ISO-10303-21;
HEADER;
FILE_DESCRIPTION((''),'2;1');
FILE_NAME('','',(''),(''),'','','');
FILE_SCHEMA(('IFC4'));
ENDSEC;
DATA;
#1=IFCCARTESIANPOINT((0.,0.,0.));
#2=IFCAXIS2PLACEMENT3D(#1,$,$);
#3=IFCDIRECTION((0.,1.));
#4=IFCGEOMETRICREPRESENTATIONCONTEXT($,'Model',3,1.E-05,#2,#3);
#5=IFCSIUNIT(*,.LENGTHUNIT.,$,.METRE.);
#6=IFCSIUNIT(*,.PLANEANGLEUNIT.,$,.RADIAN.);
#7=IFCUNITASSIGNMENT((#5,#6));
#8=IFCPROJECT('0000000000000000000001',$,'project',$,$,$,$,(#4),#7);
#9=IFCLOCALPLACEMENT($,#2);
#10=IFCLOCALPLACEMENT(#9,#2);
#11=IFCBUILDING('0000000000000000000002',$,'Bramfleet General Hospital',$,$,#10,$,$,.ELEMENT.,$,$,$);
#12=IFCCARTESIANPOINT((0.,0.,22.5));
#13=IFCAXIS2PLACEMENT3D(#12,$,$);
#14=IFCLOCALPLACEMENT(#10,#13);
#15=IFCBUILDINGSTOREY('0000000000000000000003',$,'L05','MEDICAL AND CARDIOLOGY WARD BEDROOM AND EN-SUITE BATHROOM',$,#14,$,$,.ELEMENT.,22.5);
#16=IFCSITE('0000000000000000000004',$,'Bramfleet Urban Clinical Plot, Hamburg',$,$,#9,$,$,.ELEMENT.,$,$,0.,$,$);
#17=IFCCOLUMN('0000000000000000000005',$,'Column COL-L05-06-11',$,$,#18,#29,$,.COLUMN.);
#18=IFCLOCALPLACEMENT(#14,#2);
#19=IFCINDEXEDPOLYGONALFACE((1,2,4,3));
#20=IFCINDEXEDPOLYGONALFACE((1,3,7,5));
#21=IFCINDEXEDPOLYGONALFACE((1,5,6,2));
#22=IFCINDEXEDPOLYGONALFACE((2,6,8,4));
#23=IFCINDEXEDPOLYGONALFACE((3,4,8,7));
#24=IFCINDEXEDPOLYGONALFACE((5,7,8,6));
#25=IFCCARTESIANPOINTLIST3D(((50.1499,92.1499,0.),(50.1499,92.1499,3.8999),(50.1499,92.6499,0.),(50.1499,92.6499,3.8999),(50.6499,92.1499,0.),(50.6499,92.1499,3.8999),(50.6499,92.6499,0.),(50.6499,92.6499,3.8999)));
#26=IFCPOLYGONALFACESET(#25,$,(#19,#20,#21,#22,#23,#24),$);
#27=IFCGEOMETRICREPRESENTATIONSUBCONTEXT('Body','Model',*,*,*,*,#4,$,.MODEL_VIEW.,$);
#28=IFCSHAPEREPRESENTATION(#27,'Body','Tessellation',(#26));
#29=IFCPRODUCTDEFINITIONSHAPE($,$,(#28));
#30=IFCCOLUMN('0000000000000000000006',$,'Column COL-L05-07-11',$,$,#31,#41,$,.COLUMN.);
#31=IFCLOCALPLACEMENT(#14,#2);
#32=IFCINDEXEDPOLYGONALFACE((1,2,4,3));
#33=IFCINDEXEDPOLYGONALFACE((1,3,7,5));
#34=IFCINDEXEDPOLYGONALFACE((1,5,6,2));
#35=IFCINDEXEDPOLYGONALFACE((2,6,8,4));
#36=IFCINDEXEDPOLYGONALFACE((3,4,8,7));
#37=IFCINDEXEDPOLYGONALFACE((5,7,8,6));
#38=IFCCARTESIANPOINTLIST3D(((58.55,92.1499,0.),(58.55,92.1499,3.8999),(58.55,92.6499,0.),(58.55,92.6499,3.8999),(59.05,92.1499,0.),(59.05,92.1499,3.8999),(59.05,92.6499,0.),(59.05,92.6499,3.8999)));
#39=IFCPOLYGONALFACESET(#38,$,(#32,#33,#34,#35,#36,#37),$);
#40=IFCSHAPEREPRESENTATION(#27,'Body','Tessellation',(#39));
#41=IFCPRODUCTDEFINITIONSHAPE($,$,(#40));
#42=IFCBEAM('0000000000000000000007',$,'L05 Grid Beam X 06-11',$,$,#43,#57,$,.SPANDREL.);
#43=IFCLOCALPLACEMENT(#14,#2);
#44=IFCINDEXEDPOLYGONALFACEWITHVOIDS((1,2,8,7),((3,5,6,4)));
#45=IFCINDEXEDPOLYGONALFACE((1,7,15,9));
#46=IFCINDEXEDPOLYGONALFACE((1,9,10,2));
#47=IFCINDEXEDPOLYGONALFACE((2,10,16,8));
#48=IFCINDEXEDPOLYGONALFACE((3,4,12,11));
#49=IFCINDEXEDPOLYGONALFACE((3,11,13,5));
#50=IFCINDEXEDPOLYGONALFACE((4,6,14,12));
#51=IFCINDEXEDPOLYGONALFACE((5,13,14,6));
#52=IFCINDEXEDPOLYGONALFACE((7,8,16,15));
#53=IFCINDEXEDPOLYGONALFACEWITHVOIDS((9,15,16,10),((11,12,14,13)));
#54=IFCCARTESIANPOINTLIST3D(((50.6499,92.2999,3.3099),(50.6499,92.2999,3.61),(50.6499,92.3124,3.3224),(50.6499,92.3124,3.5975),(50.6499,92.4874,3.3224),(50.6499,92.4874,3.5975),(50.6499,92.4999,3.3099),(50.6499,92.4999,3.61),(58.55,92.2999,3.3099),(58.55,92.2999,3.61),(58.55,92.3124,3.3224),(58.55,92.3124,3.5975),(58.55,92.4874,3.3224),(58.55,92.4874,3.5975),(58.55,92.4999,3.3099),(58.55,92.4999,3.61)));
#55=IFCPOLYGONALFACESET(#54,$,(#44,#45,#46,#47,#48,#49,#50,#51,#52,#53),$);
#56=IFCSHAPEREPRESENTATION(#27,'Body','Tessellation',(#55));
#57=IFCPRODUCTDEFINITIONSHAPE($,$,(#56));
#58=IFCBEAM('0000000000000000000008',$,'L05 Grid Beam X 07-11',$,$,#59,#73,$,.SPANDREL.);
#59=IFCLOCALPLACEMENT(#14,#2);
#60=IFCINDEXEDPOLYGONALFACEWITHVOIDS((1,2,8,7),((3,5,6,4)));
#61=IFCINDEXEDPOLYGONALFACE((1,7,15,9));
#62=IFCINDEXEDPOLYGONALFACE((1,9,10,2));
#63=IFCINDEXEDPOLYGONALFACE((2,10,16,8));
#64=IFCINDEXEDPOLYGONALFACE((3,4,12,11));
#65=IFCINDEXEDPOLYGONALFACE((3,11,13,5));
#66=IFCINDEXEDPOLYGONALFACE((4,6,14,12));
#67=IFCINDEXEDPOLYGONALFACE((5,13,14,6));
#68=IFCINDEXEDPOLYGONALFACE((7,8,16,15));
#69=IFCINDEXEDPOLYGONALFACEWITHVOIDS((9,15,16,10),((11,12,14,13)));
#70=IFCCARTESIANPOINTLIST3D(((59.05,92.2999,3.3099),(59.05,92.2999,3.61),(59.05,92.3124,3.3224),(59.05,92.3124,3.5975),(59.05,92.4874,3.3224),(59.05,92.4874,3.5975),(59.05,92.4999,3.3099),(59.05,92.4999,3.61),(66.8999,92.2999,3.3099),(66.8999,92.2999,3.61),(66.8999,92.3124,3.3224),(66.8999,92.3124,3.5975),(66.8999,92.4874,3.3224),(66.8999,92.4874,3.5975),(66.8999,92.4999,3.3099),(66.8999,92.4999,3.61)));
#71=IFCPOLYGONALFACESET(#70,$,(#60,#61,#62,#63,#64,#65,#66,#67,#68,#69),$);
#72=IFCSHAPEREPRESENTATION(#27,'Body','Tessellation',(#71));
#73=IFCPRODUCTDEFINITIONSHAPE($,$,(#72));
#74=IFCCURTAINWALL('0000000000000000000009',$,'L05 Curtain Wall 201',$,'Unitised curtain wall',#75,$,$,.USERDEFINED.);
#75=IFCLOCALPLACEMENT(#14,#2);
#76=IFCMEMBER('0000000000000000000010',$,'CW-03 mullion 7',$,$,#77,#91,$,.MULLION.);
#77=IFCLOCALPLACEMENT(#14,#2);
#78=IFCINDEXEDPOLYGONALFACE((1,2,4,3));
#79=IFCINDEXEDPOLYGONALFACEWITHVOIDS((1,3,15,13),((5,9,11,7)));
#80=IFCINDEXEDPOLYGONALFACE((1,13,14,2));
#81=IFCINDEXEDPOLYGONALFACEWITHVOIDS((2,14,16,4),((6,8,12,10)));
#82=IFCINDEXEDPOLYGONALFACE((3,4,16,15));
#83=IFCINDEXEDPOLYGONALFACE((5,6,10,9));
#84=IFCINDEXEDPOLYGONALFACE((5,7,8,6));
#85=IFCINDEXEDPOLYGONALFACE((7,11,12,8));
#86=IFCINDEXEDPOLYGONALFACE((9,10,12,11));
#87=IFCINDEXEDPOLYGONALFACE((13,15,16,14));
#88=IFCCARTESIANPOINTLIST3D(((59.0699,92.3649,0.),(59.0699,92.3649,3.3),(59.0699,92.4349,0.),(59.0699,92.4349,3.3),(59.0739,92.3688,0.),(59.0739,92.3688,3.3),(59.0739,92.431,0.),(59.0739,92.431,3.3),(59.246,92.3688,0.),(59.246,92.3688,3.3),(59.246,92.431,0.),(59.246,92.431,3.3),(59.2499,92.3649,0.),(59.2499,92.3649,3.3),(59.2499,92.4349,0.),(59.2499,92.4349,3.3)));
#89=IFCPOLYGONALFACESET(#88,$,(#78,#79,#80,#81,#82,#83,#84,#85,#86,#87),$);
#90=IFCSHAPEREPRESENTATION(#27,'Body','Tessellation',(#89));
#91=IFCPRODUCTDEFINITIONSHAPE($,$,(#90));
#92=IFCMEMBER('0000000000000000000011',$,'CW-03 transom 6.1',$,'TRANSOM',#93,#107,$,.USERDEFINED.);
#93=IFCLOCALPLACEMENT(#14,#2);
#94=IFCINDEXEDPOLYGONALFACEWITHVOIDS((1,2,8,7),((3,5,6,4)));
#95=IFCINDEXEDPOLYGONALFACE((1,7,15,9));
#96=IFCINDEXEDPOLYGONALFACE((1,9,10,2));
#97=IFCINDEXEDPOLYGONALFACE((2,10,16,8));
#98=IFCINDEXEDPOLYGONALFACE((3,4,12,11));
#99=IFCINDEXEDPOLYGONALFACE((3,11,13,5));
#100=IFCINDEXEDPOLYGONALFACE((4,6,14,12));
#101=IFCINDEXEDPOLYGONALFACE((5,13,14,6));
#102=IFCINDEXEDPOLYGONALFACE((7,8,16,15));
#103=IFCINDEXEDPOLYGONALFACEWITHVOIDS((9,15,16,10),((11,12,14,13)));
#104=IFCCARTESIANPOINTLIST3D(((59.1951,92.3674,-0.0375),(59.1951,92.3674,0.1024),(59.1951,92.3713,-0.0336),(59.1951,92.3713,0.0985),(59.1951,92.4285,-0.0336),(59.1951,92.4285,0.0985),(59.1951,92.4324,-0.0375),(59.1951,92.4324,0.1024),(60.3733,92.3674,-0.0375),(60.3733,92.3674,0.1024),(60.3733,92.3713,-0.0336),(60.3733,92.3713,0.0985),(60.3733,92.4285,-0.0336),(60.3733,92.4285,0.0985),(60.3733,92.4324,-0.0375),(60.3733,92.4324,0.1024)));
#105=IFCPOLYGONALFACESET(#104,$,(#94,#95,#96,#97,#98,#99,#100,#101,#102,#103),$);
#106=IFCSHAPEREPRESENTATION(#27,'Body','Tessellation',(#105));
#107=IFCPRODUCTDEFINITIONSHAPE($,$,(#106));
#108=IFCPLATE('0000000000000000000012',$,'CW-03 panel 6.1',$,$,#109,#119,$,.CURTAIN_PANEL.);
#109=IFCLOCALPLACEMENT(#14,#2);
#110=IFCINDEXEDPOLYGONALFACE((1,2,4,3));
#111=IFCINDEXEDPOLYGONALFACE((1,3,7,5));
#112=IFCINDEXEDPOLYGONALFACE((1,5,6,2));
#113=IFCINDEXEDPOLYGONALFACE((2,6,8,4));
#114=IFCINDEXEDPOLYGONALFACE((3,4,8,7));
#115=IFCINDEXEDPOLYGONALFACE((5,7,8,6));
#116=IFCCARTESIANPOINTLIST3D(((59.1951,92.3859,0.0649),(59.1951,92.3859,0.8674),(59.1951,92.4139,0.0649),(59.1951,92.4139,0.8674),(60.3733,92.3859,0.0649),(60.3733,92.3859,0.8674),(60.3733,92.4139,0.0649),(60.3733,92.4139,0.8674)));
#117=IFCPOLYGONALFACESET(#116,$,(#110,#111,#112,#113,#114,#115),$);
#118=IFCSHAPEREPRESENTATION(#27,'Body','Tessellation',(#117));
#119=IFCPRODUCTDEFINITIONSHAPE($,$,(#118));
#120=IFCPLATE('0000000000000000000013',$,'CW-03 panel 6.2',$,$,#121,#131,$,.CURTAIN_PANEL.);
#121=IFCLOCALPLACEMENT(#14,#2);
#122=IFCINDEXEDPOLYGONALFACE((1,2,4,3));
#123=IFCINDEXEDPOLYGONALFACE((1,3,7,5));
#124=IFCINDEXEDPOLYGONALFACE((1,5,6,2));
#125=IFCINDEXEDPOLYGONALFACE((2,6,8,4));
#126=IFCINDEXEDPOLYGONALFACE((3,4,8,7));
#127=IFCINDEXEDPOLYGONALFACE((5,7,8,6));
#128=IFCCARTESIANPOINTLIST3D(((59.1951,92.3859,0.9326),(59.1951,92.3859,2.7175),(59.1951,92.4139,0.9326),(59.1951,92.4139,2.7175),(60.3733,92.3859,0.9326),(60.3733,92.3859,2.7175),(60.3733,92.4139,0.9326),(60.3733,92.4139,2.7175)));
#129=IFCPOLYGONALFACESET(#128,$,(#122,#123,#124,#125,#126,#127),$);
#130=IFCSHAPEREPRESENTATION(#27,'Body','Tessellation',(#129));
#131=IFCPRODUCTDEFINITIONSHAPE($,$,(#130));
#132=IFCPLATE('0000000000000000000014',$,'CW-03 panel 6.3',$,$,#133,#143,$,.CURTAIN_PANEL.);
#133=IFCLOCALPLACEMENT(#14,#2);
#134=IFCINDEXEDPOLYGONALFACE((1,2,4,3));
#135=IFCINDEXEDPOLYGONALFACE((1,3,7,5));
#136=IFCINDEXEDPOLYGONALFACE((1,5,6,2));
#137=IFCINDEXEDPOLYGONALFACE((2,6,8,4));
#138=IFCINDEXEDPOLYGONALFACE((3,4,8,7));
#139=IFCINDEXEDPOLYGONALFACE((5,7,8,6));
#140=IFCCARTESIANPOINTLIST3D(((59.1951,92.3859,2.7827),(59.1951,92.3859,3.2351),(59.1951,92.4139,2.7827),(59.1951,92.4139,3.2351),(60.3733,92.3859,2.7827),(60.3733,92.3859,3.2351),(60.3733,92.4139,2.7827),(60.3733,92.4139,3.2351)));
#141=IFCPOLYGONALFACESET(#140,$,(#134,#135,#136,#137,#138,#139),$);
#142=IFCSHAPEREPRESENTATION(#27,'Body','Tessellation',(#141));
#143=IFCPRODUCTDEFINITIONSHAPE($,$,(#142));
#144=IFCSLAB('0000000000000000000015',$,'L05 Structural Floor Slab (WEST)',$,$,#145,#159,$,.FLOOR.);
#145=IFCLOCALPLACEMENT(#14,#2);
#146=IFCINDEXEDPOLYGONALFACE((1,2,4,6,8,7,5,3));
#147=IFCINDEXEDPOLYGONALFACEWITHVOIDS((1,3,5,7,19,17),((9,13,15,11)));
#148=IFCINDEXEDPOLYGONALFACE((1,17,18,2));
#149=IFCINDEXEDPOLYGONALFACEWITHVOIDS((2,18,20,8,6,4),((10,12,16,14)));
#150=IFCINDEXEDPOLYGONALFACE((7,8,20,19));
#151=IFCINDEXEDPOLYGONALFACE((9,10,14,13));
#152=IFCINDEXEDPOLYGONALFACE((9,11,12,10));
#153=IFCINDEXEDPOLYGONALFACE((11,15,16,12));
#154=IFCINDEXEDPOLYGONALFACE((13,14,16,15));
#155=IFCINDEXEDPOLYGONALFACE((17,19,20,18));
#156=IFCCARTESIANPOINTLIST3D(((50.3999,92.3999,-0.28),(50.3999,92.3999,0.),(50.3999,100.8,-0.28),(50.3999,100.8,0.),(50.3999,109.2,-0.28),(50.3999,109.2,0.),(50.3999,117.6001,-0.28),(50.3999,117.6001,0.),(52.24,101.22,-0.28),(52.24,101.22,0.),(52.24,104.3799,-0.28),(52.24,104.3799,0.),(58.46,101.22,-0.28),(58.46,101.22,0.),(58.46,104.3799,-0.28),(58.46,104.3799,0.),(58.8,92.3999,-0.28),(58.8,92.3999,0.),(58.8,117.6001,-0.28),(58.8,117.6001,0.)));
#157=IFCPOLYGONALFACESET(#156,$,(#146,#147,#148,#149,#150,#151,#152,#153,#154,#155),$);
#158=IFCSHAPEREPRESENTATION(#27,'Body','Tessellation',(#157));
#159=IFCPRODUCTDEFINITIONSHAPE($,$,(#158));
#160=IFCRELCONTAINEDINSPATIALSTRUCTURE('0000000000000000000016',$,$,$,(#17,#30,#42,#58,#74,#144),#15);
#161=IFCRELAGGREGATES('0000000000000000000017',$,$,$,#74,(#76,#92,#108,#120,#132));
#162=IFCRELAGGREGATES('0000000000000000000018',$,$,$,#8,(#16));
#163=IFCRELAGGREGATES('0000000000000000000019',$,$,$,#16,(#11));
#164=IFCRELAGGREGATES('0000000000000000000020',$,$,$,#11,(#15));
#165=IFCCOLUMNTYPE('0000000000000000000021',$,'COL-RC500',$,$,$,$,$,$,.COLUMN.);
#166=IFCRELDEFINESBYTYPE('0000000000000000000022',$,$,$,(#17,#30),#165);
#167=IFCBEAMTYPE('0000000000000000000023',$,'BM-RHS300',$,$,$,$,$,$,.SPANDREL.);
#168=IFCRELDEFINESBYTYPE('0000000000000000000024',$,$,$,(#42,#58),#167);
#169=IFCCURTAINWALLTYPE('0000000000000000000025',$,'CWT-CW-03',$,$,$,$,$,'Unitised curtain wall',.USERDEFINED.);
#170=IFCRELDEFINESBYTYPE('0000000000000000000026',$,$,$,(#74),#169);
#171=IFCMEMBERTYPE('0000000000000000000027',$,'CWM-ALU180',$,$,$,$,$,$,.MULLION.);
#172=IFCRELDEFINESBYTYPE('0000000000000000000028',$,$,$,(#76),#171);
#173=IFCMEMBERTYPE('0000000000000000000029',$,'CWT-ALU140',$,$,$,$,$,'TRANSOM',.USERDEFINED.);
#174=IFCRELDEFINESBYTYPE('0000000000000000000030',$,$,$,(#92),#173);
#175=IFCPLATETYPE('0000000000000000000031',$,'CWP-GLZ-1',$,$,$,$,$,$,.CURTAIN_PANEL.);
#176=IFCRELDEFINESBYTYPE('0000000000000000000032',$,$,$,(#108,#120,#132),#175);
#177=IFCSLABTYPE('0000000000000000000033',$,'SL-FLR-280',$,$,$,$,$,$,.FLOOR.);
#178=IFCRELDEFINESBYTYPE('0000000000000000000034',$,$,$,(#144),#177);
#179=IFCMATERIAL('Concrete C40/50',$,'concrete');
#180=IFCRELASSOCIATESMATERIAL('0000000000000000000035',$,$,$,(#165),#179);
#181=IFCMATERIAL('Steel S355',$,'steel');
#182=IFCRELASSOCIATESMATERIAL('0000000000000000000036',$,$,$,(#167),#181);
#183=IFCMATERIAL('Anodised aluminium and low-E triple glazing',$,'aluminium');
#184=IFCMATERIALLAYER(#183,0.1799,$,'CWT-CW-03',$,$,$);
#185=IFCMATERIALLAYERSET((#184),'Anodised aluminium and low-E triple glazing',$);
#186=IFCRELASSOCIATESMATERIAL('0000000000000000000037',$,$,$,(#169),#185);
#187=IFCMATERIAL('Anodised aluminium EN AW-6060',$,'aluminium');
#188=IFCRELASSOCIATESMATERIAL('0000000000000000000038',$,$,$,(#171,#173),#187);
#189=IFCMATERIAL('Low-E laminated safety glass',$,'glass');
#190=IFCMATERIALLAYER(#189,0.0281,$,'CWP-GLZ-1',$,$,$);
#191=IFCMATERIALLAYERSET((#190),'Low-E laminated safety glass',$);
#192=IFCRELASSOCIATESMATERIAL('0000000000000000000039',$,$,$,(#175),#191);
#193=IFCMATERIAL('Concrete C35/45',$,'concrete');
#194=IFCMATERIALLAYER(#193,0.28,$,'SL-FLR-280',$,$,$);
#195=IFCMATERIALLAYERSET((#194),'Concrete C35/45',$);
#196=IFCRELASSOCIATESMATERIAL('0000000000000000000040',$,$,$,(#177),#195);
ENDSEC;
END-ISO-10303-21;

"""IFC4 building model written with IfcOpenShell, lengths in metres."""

from ifc_helpers import new_model, si_unit, direction, frame, origin, origin_2d, place, context, subcontext, project, spatial, polyline, rectangle, hollow_rectangle, outline, extrude, material, layer, layer_set, material_profile, profile_set, type_object, element, aggregate, save


model = new_model("IFC4")

# Units and contexts
model_context = context("Model", 3, precision=1e-05, world=origin(), true_north=direction((0.0, 1.0)))
body_context = subcontext(model_context, "Body", "Model", "MODEL_VIEW")
ifc_project = project(units=[si_unit("LENGTHUNIT", "METRE"), si_unit("PLANEANGLEUNIT", "RADIAN")], contexts=[model_context])

# Site, building, storey
site_placement = place(None, origin())
site = spatial("IfcSite", under=ifc_project, at=site_placement, Name="Bramfleet Urban Clinical Plot, Hamburg", CompositionType="ELEMENT", RefElevation=0.0)
building_placement = place(site_placement, origin())
building = spatial("IfcBuilding", under=site, at=building_placement, Name="Bramfleet General Hospital", CompositionType="ELEMENT")
storey_placement = place(building_placement, frame((0.0, 0.0, 22.5)))
storey = spatial("IfcBuildingStorey", under=building, at=storey_placement, Name="L05", Description="MEDICAL AND CARDIOLOGY WARD BEDROOM AND EN-SUITE BATHROOM", CompositionType="ELEMENT", Elevation=22.5)

# Columns
ifc_material_1 = material(Name="Concrete C40/50", Category="concrete")
ifc_material_profile_1 = material_profile(ifc_material_1, rectangle(XDim=0.5, YDim=0.5, at=origin_2d()), Name="RC COL 500x500")
ifc_profile_set_1 = profile_set([ifc_material_profile_1], Name="Concrete C40/50")
column_type = type_object("IfcColumnType", Name="COL-RC500", PredefinedType="COLUMN", material=ifc_profile_set_1)
for number, where, z_axis, x_axis, name in (
    (1, (50.3999, 92.3999, 0.0), (0.0, 0.0, 1.0), (1.0, 0.0, 0.0), "Column COL-L05-06-11"),
    (2, (58.8, 92.3999, 0.0), (0.0, 0.0, 1.0), (1.0, 0.0, 0.0), "Column COL-L05-07-11"),
):
    element("IfcColumn", number, at=place(storey_placement, frame(where, z_axis=z_axis, x_axis=x_axis)), inside=storey, type_object=column_type, Name=name, PredefinedType="COLUMN", context=body_context, shape_type="SweptSolid", body=[
        extrude(rectangle(XDim=0.5, YDim=0.5, at=origin_2d()), origin(), (0.0, 0.0, 1.0), 3.8999),
    ])

# Beams
ifc_material_2 = material(Name="Steel S355", Category="steel")
ifc_material_profile_2 = material_profile(ifc_material_2, hollow_rectangle(XDim=0.2, YDim=0.3, WallThickness=0.0125, at=origin_2d()), Name="RHS 300x200x12.5")
ifc_profile_set_2 = profile_set([ifc_material_profile_2], Name="Steel S355")
beam_type = type_object("IfcBeamType", Name="BM-RHS300", PredefinedType="SPANDREL", material=ifc_profile_set_2)
beam_1_placement = place(storey_placement, frame((50.6499, 92.3999, 3.46), z_axis=(1.0, 0.0, 0.0), x_axis=(0.0, 1.0, 0.0)))
element("IfcBeam", 3, at=beam_1_placement, inside=storey, type_object=beam_type, Name="L05 Grid Beam X 06-11", PredefinedType="SPANDREL", context=body_context, shape_type="SweptSolid", body=[
    extrude(hollow_rectangle(XDim=0.2, YDim=0.3, WallThickness=0.0125, at=origin_2d()), origin(), (0.0, 0.0, 1.0), 7.9001),
])
beam_2_placement = place(storey_placement, frame((59.05, 92.3999, 3.46), z_axis=(1.0, 0.0, 0.0), x_axis=(0.0, 1.0, 0.0)))
element("IfcBeam", 4, at=beam_2_placement, inside=storey, type_object=beam_type, Name="L05 Grid Beam X 07-11", PredefinedType="SPANDREL", context=body_context, shape_type="SweptSolid", body=[
    extrude(hollow_rectangle(XDim=0.2, YDim=0.3, WallThickness=0.0125, at=origin_2d()), origin(), (0.0, 0.0, 1.0), 7.8499),
])

# Curtain wall, members, plates
ifc_material_3 = material(Name="Anodised aluminium and low-E triple glazing", Category="aluminium")
ifc_layer_1 = layer(ifc_material_3, 0.1799, Name="CWT-CW-03")
ifc_layer_set_1 = layer_set([ifc_layer_1], Name="Anodised aluminium and low-E triple glazing")
curtain_wall_type = type_object("IfcCurtainWallType", Name="CWT-CW-03", ElementType="Unitised curtain wall", PredefinedType="USERDEFINED", material=ifc_layer_set_1)
curtain_wall_placement = place(storey_placement, origin())
curtain_wall = element("IfcCurtainWall", 5, at=curtain_wall_placement, inside=storey, type_object=curtain_wall_type, Name="L05 Curtain Wall 201", ObjectType="Unitised curtain wall", PredefinedType="USERDEFINED")
ifc_material_4 = material(Name="Anodised aluminium EN AW-6060", Category="aluminium")
ifc_material_profile_3 = material_profile(ifc_material_4, hollow_rectangle(XDim=0.0701, YDim=0.1799, WallThickness=0.0039, at=origin_2d()), Name="ALU 180x70x4.0")
ifc_profile_set_3 = profile_set([ifc_material_profile_3], Name="Anodised aluminium EN AW-6060")
member_type_1 = type_object("IfcMemberType", Name="CWM-ALU180", PredefinedType="MULLION", material=ifc_profile_set_3)
member_1_placement = place(storey_placement, frame((59.1599, 92.3999, 0.0), z_axis=(0.0, 0.0, 1.0), x_axis=(0.0, -1.0, 0.0)))
member_1 = element("IfcMember", 6, at=member_1_placement, type_object=member_type_1, Name="CW-03 mullion 7", PredefinedType="MULLION", context=body_context, shape_type="SweptSolid", body=[
    extrude(hollow_rectangle(XDim=0.0701, YDim=0.1799, WallThickness=0.0039, at=origin_2d()), origin(), (0.0, 0.0, 1.0), 3.3),
])
ifc_material_profile_4 = material_profile(ifc_material_4, hollow_rectangle(XDim=0.0649, YDim=0.1399, WallThickness=0.0039, at=origin_2d()), Name="ALU 140x65x4.0")
ifc_profile_set_4 = profile_set([ifc_material_profile_4], Name="Anodised aluminium EN AW-6060")
member_type_2 = type_object("IfcMemberType", Name="CWT-ALU140", ElementType="TRANSOM", PredefinedType="USERDEFINED", material=ifc_profile_set_4)
member_2_placement = place(storey_placement, frame((60.3733, 92.3999, 0.0325), z_axis=(-1.0, 0.0, 0.0), x_axis=(0.0, -1.0, 0.0)))
member_2 = element("IfcMember", 7, at=member_2_placement, type_object=member_type_2, Name="CW-03 transom 6.1", ObjectType="TRANSOM", PredefinedType="USERDEFINED", context=body_context, shape_type="SweptSolid", body=[
    extrude(hollow_rectangle(XDim=0.0649, YDim=0.1399, WallThickness=0.0039, at=origin_2d()), origin(), (0.0, 0.0, 1.0), 1.1782),
])
ifc_material_5 = material(Name="Low-E laminated safety glass", Category="glass")
ifc_layer_2 = layer(ifc_material_5, 0.0281, Name="CWP-GLZ-1")
ifc_layer_set_2 = layer_set([ifc_layer_2], Name="Low-E laminated safety glass")
plate_type = type_object("IfcPlateType", Name="CWP-GLZ-1", PredefinedType="CURTAIN_PANEL", material=ifc_layer_set_2)
plate_1_placement = place(storey_placement, frame((59.7842, 92.3999, 0.0649), z_axis=(0.0, 0.0, 1.0), x_axis=(-1.0, 0.0, 0.0)))
plate_1 = element("IfcPlate", 8, at=plate_1_placement, type_object=plate_type, Name="CW-03 panel 6.1", PredefinedType="CURTAIN_PANEL", context=body_context, shape_type="SweptSolid", body=[
    extrude(rectangle(XDim=1.1782, YDim=0.0281, at=origin_2d()), origin(), (0.0, 0.0, 1.0), 0.8025),
])
plate_2_placement = place(storey_placement, frame((59.7842, 92.3999, 0.9326), z_axis=(0.0, 0.0, 1.0), x_axis=(-1.0, 0.0, 0.0)))
plate_2 = element("IfcPlate", 9, at=plate_2_placement, type_object=plate_type, Name="CW-03 panel 6.2", PredefinedType="CURTAIN_PANEL", context=body_context, shape_type="SweptSolid", body=[
    extrude(rectangle(XDim=1.1782, YDim=0.0281, at=origin_2d()), origin(), (0.0, 0.0, 1.0), 1.7849),
])
plate_3_placement = place(storey_placement, frame((59.7842, 92.3999, 2.7827), z_axis=(0.0, 0.0, 1.0), x_axis=(-1.0, 0.0, 0.0)))
plate_3 = element("IfcPlate", 10, at=plate_3_placement, type_object=plate_type, Name="CW-03 panel 6.3", PredefinedType="CURTAIN_PANEL", context=body_context, shape_type="SweptSolid", body=[
    extrude(rectangle(XDim=1.1782, YDim=0.0281, at=origin_2d()), origin(), (0.0, 0.0, 1.0), 0.4524),
])
aggregate(curtain_wall, [member_1, member_2, plate_1, plate_2, plate_3])

# Slab
ifc_material_6 = material(Name="Concrete C35/45", Category="concrete")
ifc_layer_3 = layer(ifc_material_6, 0.28, Name="SL-FLR-280")
ifc_layer_set_3 = layer_set([ifc_layer_3], Name="Concrete C35/45")
slab_type_1 = type_object("IfcSlabType", Name="SL-FLR-280", PredefinedType="FLOOR", material=ifc_layer_set_3)
slab_1_placement = place(storey_placement, frame((0.0, 0.0, -0.28)))
element("IfcSlab", 11, at=slab_1_placement, inside=storey, type_object=slab_type_1, Name="L05 Structural Floor Slab (WEST)", PredefinedType="FLOOR", context=body_context, shape_type="SweptSolid", body=[
    extrude(outline(polyline([(50.3999, 92.3999), (50.3999, 100.8), (50.3999, 109.2), (50.3999, 117.6001), (58.8, 117.6001), (58.8, 92.3999), (50.3999, 92.3999)]), holes=[polyline([(52.24, 101.22), (58.46, 101.22), (58.46, 104.3799), (52.24, 104.3799), (52.24, 101.22)])]), origin(), (0.0, 0.0, 1.0), 0.28),
])

save(model, "model.ifc")
